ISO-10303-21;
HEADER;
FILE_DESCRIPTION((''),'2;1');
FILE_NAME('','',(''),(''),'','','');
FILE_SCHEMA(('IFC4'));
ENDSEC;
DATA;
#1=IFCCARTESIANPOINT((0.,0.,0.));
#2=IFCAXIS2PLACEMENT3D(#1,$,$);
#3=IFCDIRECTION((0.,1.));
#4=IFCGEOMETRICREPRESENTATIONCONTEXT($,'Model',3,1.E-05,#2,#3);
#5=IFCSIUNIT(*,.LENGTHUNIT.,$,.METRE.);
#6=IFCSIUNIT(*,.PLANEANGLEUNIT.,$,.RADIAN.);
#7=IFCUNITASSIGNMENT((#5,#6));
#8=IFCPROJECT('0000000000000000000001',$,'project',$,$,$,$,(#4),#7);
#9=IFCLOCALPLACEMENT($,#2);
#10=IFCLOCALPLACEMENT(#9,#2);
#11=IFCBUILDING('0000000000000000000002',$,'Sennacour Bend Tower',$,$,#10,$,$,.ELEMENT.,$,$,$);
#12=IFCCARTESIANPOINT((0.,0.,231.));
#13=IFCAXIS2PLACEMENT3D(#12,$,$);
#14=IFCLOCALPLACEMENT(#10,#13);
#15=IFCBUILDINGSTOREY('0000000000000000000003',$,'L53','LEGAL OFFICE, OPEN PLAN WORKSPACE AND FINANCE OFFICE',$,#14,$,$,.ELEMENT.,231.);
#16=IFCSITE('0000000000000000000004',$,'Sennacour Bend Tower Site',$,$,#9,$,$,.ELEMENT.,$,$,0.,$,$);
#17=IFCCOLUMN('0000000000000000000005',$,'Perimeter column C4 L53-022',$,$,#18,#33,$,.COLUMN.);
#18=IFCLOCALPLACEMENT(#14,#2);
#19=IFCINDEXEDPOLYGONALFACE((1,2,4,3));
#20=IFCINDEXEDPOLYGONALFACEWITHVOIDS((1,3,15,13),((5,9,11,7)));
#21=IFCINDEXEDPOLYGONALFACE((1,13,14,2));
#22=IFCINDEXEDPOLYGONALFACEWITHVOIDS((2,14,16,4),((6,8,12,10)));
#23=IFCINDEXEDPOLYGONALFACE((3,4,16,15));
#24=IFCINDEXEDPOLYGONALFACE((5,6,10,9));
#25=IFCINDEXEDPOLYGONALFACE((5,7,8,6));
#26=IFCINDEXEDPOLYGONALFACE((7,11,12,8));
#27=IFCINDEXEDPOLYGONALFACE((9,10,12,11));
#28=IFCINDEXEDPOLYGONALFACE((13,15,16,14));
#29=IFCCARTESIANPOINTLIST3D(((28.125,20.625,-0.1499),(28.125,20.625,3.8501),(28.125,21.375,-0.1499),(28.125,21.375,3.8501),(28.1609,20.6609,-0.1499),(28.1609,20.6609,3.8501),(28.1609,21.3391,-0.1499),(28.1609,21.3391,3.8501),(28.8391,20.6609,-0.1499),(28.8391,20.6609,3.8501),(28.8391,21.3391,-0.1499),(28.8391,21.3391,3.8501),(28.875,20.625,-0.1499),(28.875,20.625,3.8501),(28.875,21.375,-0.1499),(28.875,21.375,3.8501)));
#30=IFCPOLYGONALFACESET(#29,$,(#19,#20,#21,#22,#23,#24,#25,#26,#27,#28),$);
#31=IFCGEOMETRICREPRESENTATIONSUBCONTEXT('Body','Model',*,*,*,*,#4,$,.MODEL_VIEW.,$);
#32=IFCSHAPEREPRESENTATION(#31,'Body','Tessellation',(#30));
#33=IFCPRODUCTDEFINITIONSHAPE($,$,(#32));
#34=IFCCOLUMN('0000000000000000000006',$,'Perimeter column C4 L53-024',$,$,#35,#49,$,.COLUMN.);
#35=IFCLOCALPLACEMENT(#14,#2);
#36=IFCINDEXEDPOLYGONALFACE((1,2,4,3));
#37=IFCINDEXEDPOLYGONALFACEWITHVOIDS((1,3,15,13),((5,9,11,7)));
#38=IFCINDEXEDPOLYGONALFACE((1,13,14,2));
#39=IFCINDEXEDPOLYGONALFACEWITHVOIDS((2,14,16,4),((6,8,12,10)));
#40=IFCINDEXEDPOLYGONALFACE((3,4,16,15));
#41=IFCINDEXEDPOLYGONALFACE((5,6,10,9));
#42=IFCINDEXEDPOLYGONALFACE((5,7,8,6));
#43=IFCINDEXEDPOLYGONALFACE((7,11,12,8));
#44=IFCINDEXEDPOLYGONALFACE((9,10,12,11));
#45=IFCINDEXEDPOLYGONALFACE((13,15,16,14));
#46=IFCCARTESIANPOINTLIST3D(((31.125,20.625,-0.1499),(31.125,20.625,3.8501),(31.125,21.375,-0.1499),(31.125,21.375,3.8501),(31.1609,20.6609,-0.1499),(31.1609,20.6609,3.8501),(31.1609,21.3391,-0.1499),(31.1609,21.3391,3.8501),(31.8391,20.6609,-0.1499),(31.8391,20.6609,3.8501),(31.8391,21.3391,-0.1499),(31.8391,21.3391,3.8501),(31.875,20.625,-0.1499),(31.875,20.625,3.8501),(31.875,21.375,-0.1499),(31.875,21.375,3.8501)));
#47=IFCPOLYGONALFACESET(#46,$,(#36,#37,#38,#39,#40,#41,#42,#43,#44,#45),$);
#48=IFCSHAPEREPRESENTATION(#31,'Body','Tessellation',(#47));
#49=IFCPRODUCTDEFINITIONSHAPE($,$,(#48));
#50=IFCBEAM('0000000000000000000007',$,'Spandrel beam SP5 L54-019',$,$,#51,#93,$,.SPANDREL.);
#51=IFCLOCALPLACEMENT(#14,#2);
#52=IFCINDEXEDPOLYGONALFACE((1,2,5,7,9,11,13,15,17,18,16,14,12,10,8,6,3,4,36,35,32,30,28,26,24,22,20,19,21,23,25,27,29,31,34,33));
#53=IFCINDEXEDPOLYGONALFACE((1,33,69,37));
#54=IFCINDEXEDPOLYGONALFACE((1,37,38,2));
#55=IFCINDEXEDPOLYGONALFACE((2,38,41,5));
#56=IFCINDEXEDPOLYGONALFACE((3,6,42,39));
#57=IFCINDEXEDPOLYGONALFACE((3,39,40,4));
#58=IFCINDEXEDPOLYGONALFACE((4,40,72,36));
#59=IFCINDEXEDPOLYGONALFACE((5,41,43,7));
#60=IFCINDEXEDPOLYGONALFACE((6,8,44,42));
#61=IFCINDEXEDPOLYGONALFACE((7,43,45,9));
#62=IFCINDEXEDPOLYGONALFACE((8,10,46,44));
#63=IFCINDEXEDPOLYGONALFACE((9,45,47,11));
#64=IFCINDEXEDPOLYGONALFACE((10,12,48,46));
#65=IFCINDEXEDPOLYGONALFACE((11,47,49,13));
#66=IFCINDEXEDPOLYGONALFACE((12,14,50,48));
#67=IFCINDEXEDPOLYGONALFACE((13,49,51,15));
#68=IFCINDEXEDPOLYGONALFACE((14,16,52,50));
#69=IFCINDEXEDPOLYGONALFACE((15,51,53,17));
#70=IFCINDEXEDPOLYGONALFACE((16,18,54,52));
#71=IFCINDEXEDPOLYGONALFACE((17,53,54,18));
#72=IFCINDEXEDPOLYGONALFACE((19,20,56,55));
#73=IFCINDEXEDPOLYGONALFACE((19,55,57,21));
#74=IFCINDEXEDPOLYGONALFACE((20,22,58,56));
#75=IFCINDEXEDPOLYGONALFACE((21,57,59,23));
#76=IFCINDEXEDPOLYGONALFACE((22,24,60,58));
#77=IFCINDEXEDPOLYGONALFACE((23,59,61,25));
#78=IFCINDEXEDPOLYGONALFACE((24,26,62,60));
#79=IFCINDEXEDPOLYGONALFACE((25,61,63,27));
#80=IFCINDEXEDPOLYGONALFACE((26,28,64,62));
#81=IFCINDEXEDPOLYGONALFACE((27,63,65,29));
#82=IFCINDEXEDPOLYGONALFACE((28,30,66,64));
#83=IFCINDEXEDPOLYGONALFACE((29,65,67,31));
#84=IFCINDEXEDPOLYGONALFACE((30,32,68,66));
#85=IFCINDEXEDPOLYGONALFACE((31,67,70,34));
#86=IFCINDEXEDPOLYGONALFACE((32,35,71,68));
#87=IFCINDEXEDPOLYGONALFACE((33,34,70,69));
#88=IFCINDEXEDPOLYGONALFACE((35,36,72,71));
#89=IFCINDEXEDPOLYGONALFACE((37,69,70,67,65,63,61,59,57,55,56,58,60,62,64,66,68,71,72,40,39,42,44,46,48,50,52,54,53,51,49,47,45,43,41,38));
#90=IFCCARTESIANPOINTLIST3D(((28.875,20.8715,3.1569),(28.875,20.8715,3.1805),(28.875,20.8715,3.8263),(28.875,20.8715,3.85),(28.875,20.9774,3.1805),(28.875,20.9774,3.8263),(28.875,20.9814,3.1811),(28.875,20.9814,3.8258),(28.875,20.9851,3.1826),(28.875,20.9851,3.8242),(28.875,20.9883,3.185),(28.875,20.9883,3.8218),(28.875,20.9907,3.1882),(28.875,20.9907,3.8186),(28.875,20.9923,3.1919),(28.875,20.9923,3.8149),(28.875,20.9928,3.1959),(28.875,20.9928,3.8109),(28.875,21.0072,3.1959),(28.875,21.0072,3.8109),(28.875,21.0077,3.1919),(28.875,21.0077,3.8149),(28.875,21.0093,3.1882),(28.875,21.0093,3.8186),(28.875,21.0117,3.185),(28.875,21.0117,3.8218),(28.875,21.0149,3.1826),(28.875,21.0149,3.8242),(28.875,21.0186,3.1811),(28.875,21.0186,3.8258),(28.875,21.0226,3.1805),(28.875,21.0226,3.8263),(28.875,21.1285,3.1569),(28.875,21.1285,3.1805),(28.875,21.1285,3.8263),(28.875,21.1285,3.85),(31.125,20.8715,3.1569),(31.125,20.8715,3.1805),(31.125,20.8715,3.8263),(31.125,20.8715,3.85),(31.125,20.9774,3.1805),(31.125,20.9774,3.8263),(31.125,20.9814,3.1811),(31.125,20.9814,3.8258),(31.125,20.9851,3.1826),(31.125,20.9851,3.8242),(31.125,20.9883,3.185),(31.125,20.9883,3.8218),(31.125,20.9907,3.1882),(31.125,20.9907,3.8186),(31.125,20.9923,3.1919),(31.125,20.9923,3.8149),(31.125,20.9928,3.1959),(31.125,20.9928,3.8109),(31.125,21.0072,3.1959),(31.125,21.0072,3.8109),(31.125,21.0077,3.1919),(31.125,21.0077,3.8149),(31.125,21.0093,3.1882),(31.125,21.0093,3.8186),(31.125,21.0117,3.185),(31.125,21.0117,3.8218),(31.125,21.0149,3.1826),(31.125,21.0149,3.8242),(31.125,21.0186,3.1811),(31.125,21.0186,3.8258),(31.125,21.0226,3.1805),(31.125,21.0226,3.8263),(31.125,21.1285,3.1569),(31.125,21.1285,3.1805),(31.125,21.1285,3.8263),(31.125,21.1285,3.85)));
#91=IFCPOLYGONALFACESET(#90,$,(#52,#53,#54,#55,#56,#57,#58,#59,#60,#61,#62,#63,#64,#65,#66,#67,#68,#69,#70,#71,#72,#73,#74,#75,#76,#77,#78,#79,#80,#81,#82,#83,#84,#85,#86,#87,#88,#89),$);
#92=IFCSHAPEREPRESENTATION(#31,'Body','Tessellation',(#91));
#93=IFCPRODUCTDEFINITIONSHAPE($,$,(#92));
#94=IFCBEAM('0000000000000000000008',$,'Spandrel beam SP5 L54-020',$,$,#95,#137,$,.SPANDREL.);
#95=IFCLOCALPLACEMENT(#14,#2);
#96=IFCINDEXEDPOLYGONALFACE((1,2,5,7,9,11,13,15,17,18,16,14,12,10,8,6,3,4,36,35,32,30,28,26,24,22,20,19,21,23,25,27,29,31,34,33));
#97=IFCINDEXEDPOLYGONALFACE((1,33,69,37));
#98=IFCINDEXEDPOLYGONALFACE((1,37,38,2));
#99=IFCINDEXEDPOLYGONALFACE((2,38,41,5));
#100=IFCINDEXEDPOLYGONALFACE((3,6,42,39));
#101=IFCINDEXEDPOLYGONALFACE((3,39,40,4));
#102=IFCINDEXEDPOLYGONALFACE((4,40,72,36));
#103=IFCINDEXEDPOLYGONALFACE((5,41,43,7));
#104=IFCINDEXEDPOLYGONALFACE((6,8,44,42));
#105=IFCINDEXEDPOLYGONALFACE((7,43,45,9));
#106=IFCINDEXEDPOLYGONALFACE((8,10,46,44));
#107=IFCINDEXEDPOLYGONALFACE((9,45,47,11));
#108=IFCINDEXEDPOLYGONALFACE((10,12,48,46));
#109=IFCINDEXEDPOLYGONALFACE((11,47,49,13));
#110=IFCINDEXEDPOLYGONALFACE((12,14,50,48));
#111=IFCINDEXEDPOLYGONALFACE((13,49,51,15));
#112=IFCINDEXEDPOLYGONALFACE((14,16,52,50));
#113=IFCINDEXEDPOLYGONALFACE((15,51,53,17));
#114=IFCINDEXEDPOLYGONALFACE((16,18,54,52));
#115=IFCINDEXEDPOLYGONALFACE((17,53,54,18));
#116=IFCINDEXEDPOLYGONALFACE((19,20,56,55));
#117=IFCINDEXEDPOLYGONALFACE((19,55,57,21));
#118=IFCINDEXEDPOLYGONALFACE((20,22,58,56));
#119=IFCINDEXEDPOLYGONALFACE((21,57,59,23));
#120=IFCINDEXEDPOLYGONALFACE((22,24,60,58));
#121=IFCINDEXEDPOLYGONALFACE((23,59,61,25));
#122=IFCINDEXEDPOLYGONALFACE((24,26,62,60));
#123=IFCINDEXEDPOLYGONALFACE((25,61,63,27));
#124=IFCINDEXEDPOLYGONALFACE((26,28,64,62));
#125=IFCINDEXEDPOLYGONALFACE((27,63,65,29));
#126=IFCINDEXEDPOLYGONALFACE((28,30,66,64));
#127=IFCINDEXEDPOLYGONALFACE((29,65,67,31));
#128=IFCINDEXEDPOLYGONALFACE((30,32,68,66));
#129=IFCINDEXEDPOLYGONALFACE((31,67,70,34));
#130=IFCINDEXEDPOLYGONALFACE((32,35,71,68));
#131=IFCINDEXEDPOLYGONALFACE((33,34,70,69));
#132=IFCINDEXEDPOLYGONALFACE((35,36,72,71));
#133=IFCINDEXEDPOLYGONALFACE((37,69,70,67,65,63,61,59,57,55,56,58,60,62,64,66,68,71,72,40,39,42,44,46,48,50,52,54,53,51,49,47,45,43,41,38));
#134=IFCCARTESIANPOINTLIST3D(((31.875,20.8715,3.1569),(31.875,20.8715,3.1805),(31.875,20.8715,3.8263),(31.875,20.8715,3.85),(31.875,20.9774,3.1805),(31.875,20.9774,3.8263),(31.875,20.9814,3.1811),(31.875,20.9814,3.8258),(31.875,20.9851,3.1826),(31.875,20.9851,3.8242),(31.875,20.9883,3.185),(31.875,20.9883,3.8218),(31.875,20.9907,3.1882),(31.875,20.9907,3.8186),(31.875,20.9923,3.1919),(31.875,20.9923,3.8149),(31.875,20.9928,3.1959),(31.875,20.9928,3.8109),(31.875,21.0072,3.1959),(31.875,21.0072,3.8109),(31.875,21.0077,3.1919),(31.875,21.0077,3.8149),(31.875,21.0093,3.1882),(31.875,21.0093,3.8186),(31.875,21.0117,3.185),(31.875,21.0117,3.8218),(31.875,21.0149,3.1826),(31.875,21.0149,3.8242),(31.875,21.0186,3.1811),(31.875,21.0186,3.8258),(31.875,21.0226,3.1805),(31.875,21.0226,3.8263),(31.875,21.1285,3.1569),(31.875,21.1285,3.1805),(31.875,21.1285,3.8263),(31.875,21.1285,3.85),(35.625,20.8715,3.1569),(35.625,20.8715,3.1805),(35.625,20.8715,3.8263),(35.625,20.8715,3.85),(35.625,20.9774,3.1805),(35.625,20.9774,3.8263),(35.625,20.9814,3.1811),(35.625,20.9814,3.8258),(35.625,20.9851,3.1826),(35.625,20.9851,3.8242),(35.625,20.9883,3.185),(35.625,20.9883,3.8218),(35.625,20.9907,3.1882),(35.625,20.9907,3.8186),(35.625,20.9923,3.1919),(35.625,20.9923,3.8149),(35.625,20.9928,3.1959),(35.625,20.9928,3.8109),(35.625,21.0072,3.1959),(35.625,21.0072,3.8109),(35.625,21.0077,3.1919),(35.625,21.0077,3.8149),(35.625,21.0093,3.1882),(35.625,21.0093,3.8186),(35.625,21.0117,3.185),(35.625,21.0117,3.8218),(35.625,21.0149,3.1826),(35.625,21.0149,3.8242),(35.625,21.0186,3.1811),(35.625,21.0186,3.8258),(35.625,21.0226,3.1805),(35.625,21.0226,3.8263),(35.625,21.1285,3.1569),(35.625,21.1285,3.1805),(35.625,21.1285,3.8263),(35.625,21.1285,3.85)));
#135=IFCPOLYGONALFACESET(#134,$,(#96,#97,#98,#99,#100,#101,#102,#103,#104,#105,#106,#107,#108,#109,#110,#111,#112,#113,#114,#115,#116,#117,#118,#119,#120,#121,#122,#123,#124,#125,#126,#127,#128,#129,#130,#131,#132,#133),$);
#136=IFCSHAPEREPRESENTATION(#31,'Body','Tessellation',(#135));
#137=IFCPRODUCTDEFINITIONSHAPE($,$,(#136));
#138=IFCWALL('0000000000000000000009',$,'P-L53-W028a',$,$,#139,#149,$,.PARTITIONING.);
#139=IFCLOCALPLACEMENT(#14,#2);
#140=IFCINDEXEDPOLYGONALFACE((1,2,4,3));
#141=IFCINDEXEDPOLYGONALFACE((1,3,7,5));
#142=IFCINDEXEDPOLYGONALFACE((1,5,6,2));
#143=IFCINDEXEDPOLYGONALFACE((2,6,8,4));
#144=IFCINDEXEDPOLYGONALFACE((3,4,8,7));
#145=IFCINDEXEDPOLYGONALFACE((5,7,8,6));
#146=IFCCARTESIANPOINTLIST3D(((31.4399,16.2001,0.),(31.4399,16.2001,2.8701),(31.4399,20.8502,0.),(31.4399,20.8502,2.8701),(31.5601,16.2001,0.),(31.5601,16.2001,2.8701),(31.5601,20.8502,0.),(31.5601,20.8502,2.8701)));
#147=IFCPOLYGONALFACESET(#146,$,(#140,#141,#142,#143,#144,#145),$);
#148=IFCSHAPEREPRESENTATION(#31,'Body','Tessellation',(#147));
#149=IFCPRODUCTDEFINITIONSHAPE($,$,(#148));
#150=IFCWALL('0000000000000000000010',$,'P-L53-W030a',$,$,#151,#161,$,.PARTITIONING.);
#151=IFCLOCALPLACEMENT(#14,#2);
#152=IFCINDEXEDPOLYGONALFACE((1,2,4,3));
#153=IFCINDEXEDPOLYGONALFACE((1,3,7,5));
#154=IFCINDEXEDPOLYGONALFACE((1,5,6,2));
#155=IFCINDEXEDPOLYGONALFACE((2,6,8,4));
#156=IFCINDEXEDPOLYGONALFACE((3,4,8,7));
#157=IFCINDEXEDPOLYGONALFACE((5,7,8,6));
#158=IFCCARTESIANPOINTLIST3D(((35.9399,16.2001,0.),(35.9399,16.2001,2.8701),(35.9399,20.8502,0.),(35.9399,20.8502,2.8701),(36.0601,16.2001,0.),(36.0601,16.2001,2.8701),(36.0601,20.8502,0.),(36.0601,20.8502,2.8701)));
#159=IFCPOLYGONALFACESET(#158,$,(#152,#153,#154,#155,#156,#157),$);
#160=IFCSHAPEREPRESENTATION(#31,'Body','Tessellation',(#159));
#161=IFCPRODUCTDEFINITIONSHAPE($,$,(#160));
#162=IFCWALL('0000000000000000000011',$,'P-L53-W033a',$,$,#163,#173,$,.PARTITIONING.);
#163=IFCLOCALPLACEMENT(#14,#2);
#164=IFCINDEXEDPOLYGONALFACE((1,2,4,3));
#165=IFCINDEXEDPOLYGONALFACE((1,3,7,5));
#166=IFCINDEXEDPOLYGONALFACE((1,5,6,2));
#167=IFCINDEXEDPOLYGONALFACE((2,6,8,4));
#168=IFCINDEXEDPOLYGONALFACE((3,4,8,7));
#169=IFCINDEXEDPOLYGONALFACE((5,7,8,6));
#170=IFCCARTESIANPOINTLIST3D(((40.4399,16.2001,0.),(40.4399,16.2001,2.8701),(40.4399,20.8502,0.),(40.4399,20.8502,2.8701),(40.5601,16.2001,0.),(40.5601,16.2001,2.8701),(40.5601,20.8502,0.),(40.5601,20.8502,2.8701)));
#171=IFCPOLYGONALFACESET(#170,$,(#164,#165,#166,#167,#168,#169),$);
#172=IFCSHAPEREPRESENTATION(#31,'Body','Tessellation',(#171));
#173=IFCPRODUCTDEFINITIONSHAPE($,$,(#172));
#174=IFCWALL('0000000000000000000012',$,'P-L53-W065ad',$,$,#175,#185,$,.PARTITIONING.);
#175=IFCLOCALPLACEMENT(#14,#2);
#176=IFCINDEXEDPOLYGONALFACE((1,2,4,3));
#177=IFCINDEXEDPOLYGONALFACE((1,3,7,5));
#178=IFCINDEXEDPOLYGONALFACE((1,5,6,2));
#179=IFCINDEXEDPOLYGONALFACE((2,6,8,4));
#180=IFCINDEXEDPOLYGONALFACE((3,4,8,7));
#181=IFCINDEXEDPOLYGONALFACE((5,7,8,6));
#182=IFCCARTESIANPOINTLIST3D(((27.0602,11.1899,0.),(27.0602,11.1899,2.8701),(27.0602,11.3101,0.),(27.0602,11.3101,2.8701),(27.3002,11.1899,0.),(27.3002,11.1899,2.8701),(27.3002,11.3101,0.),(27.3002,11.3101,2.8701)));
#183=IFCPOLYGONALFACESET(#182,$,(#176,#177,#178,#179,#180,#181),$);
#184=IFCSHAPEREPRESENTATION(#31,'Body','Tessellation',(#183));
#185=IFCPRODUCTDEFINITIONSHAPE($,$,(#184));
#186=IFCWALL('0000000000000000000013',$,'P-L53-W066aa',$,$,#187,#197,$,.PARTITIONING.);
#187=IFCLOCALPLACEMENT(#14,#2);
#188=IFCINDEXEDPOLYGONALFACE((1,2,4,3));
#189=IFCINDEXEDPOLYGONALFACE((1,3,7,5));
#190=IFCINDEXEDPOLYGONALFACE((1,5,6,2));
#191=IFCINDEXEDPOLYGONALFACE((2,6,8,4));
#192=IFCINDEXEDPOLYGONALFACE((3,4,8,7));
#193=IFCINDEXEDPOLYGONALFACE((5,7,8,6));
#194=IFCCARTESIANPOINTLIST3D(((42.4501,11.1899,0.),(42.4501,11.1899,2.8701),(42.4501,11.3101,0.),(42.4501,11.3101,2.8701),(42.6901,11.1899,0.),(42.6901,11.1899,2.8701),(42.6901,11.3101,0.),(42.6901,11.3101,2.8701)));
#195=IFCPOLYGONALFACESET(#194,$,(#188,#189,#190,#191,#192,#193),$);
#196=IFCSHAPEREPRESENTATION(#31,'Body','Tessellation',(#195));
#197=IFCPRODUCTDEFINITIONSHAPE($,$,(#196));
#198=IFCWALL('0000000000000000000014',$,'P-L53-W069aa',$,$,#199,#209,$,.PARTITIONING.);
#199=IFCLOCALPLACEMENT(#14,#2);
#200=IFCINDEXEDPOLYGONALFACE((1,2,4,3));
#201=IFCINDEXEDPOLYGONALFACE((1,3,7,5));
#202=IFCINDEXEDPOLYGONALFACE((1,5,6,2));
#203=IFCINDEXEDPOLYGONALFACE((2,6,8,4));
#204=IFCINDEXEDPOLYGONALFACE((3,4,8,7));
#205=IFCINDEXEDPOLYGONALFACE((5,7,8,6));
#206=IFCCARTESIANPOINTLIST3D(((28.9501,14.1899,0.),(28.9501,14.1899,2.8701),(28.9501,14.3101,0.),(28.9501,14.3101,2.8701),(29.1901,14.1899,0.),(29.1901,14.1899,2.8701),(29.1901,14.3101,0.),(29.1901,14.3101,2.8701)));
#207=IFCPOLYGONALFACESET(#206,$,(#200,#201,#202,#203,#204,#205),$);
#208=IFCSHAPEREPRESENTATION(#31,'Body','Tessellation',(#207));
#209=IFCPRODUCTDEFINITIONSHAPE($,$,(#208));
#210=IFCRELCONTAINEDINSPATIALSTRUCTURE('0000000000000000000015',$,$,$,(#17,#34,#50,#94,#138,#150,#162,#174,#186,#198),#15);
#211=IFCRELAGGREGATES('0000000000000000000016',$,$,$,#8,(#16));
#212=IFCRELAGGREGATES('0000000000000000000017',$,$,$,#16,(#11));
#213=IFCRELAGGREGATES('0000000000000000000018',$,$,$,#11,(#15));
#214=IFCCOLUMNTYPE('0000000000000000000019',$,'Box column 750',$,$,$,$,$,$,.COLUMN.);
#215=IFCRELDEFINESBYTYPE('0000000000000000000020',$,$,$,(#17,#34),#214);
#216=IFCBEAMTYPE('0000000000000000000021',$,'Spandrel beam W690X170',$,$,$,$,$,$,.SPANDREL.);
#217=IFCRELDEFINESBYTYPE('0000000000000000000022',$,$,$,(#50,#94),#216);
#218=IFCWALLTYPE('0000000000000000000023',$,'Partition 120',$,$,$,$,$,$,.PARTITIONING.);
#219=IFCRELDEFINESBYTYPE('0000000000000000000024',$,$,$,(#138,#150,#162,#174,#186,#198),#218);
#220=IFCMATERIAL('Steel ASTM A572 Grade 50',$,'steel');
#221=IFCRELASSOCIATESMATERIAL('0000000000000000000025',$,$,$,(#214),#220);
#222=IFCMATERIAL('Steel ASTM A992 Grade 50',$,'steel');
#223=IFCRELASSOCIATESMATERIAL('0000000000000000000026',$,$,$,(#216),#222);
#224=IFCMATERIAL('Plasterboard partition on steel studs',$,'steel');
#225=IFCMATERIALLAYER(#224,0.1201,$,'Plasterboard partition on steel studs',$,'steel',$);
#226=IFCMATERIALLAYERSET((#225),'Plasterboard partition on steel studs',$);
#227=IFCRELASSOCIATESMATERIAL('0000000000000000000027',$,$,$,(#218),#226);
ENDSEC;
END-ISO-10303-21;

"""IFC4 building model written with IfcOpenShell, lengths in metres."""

from ifc_helpers import new_model, si_unit, direction, frame, frame_2d, origin, origin_2d, place, context, subcontext, project, spatial, rectangle, hollow_rectangle, i_section, extrude, material, layer, layer_set, material_profile, profile_set, type_object, element, save


model = new_model("IFC4")

# Units and contexts
model_context = context("Model", 3, precision=1e-05, world=origin(), true_north=direction((0.0, 1.0)))
body_context = subcontext(model_context, "Body", "Model", "MODEL_VIEW")
ifc_project = project(units=[si_unit("LENGTHUNIT", "METRE"), si_unit("PLANEANGLEUNIT", "RADIAN")], contexts=[model_context])

# Site, building, storey
site_placement = place(None, origin())
site = spatial("IfcSite", under=ifc_project, at=site_placement, Name="Sennacour Bend Tower Site", CompositionType="ELEMENT", RefElevation=0.0)
building_placement = place(site_placement, origin())
building = spatial("IfcBuilding", under=site, at=building_placement, Name="Sennacour Bend Tower", CompositionType="ELEMENT")
storey_placement = place(building_placement, frame((0.0, 0.0, 231.0)))
storey = spatial("IfcBuildingStorey", under=building, at=storey_placement, Name="L53", Description="LEGAL OFFICE, OPEN PLAN WORKSPACE AND FINANCE OFFICE", CompositionType="ELEMENT", Elevation=231.0)

# Columns
ifc_material_1 = material(Name="Steel ASTM A572 Grade 50", Category="steel")
ifc_material_profile_1 = material_profile(ifc_material_1, hollow_rectangle(XDim=0.75, YDim=0.75, WallThickness=0.0359, at=origin_2d()), Name="Steel ASTM A572 Grade 50", Category="steel")
ifc_profile_set_1 = profile_set([ifc_material_profile_1], Name="Steel ASTM A572 Grade 50")
column_type = type_object("IfcColumnType", Name="Box column 750", PredefinedType="COLUMN", material=ifc_profile_set_1)
for number, where, z_axis, x_axis, name in (
    (1, (28.5, 21.0, -0.1499), (0.0, 0.0, 1.0), (1.0, 0.0, 0.0), "Perimeter column C4 L53-022"),
    (2, (31.5, 21.0, -0.1499), (0.0, 0.0, 1.0), (1.0, 0.0, 0.0), "Perimeter column C4 L53-024"),
):
    element("IfcColumn", number, at=place(storey_placement, frame(where, z_axis=z_axis, x_axis=x_axis)), inside=storey, type_object=column_type, Name=name, PredefinedType="COLUMN", context=body_context, shape_type="SweptSolid", body=[
        extrude(hollow_rectangle(XDim=0.75, YDim=0.75, WallThickness=0.0359, at=origin_2d()), origin(), (0.0, 0.0, 1.0), 4.0),
    ])

# Beams
ifc_material_2 = material(Name="Steel ASTM A992 Grade 50", Category="steel")
ifc_material_profile_2 = material_profile(ifc_material_2, i_section(OverallWidth=0.2571, OverallDepth=0.6931, WebThickness=0.0144, FlangeThickness=0.0237, FilletRadius=0.0154, at=origin_2d()), Name="Steel ASTM A992 Grade 50", Category="steel")
ifc_profile_set_2 = profile_set([ifc_material_profile_2], Name="Steel ASTM A992 Grade 50")
beam_type = type_object("IfcBeamType", Name="Spandrel beam W690X170", PredefinedType="SPANDREL", material=ifc_profile_set_2)
beam_1_placement = place(storey_placement, frame((28.875, 21.0, 3.5034), z_axis=(1.0, 0.0, 0.0), x_axis=(0.0, 1.0, 0.0)))
element("IfcBeam", 3, at=beam_1_placement, inside=storey, type_object=beam_type, Name="Spandrel beam SP5 L54-019", PredefinedType="SPANDREL", context=body_context, shape_type="SweptSolid", body=[
    extrude(i_section(OverallWidth=0.2571, OverallDepth=0.6931, WebThickness=0.0144, FlangeThickness=0.0237, FilletRadius=0.0154, at=origin_2d()), origin(), (0.0, 0.0, 1.0), 2.25),
])
beam_2_placement = place(storey_placement, frame((31.875, 21.0, 3.5034), z_axis=(1.0, 0.0, 0.0), x_axis=(0.0, 1.0, 0.0)))
element("IfcBeam", 4, at=beam_2_placement, inside=storey, type_object=beam_type, Name="Spandrel beam SP5 L54-020", PredefinedType="SPANDREL", context=body_context, shape_type="SweptSolid", body=[
    extrude(i_section(OverallWidth=0.2571, OverallDepth=0.6931, WebThickness=0.0144, FlangeThickness=0.0237, FilletRadius=0.0154, at=origin_2d()), origin(), (0.0, 0.0, 1.0), 3.75),
])

# Walls
ifc_material_3 = material(Name="Plasterboard partition on steel studs", Category="steel")
ifc_layer_1 = layer(ifc_material_3, 0.1201, Name="Plasterboard partition on steel studs", Category="steel")
ifc_layer_set_1 = layer_set([ifc_layer_1], Name="Plasterboard partition on steel studs")
wall_type_1 = type_object("IfcWallType", Name="Partition 120", PredefinedType="PARTITIONING", material=ifc_layer_set_1)
for number, where, z_axis, x_axis, name in (
    (5, (31.5, 16.2, 0.0), (0.0, 0.0, 1.0), (0.0, 1.0, 0.0), "P-L53-W028a"),
    (6, (36.0, 16.2, 0.0), (0.0, 0.0, 1.0), (0.0, 1.0, 0.0), "P-L53-W030a"),
    (7, (40.5, 16.2, 0.0), (0.0, 0.0, 1.0), (0.0, 1.0, 0.0), "P-L53-W033a"),
):
    element("IfcWall", number, at=place(storey_placement, frame(where, z_axis=z_axis, x_axis=x_axis)), inside=storey, type_object=wall_type_1, Name=name, PredefinedType="PARTITIONING", context=body_context, shape_type="SweptSolid", body=[
        extrude(rectangle(XDim=4.6501, YDim=0.1201, at=frame_2d((2.3252, 0.0))), origin(), (0.0, 0.0, 1.0), 2.8701),
    ])
for number, where, z_axis, x_axis, name in (
    (8, (27.0601, 11.25, 0.0), (0.0, 0.0, 1.0), (1.0, 0.0, 0.0), "P-L53-W065ad"),
    (9, (42.45, 11.25, 0.0), (0.0, 0.0, 1.0), (1.0, 0.0, 0.0), "P-L53-W066aa"),
    (10, (28.95, 14.25, 0.0), (0.0, 0.0, 1.0), (1.0, 0.0, 0.0), "P-L53-W069aa"),
):
    element("IfcWall", number, at=place(storey_placement, frame(where, z_axis=z_axis, x_axis=x_axis)), inside=storey, type_object=wall_type_1, Name=name, PredefinedType="PARTITIONING", context=body_context, shape_type="SweptSolid", body=[
        extrude(rectangle(XDim=0.24, YDim=0.1201, at=frame_2d((0.1201, 0.0))), origin(), (0.0, 0.0, 1.0), 2.8701),
    ])

save(model, "model.ifc")
